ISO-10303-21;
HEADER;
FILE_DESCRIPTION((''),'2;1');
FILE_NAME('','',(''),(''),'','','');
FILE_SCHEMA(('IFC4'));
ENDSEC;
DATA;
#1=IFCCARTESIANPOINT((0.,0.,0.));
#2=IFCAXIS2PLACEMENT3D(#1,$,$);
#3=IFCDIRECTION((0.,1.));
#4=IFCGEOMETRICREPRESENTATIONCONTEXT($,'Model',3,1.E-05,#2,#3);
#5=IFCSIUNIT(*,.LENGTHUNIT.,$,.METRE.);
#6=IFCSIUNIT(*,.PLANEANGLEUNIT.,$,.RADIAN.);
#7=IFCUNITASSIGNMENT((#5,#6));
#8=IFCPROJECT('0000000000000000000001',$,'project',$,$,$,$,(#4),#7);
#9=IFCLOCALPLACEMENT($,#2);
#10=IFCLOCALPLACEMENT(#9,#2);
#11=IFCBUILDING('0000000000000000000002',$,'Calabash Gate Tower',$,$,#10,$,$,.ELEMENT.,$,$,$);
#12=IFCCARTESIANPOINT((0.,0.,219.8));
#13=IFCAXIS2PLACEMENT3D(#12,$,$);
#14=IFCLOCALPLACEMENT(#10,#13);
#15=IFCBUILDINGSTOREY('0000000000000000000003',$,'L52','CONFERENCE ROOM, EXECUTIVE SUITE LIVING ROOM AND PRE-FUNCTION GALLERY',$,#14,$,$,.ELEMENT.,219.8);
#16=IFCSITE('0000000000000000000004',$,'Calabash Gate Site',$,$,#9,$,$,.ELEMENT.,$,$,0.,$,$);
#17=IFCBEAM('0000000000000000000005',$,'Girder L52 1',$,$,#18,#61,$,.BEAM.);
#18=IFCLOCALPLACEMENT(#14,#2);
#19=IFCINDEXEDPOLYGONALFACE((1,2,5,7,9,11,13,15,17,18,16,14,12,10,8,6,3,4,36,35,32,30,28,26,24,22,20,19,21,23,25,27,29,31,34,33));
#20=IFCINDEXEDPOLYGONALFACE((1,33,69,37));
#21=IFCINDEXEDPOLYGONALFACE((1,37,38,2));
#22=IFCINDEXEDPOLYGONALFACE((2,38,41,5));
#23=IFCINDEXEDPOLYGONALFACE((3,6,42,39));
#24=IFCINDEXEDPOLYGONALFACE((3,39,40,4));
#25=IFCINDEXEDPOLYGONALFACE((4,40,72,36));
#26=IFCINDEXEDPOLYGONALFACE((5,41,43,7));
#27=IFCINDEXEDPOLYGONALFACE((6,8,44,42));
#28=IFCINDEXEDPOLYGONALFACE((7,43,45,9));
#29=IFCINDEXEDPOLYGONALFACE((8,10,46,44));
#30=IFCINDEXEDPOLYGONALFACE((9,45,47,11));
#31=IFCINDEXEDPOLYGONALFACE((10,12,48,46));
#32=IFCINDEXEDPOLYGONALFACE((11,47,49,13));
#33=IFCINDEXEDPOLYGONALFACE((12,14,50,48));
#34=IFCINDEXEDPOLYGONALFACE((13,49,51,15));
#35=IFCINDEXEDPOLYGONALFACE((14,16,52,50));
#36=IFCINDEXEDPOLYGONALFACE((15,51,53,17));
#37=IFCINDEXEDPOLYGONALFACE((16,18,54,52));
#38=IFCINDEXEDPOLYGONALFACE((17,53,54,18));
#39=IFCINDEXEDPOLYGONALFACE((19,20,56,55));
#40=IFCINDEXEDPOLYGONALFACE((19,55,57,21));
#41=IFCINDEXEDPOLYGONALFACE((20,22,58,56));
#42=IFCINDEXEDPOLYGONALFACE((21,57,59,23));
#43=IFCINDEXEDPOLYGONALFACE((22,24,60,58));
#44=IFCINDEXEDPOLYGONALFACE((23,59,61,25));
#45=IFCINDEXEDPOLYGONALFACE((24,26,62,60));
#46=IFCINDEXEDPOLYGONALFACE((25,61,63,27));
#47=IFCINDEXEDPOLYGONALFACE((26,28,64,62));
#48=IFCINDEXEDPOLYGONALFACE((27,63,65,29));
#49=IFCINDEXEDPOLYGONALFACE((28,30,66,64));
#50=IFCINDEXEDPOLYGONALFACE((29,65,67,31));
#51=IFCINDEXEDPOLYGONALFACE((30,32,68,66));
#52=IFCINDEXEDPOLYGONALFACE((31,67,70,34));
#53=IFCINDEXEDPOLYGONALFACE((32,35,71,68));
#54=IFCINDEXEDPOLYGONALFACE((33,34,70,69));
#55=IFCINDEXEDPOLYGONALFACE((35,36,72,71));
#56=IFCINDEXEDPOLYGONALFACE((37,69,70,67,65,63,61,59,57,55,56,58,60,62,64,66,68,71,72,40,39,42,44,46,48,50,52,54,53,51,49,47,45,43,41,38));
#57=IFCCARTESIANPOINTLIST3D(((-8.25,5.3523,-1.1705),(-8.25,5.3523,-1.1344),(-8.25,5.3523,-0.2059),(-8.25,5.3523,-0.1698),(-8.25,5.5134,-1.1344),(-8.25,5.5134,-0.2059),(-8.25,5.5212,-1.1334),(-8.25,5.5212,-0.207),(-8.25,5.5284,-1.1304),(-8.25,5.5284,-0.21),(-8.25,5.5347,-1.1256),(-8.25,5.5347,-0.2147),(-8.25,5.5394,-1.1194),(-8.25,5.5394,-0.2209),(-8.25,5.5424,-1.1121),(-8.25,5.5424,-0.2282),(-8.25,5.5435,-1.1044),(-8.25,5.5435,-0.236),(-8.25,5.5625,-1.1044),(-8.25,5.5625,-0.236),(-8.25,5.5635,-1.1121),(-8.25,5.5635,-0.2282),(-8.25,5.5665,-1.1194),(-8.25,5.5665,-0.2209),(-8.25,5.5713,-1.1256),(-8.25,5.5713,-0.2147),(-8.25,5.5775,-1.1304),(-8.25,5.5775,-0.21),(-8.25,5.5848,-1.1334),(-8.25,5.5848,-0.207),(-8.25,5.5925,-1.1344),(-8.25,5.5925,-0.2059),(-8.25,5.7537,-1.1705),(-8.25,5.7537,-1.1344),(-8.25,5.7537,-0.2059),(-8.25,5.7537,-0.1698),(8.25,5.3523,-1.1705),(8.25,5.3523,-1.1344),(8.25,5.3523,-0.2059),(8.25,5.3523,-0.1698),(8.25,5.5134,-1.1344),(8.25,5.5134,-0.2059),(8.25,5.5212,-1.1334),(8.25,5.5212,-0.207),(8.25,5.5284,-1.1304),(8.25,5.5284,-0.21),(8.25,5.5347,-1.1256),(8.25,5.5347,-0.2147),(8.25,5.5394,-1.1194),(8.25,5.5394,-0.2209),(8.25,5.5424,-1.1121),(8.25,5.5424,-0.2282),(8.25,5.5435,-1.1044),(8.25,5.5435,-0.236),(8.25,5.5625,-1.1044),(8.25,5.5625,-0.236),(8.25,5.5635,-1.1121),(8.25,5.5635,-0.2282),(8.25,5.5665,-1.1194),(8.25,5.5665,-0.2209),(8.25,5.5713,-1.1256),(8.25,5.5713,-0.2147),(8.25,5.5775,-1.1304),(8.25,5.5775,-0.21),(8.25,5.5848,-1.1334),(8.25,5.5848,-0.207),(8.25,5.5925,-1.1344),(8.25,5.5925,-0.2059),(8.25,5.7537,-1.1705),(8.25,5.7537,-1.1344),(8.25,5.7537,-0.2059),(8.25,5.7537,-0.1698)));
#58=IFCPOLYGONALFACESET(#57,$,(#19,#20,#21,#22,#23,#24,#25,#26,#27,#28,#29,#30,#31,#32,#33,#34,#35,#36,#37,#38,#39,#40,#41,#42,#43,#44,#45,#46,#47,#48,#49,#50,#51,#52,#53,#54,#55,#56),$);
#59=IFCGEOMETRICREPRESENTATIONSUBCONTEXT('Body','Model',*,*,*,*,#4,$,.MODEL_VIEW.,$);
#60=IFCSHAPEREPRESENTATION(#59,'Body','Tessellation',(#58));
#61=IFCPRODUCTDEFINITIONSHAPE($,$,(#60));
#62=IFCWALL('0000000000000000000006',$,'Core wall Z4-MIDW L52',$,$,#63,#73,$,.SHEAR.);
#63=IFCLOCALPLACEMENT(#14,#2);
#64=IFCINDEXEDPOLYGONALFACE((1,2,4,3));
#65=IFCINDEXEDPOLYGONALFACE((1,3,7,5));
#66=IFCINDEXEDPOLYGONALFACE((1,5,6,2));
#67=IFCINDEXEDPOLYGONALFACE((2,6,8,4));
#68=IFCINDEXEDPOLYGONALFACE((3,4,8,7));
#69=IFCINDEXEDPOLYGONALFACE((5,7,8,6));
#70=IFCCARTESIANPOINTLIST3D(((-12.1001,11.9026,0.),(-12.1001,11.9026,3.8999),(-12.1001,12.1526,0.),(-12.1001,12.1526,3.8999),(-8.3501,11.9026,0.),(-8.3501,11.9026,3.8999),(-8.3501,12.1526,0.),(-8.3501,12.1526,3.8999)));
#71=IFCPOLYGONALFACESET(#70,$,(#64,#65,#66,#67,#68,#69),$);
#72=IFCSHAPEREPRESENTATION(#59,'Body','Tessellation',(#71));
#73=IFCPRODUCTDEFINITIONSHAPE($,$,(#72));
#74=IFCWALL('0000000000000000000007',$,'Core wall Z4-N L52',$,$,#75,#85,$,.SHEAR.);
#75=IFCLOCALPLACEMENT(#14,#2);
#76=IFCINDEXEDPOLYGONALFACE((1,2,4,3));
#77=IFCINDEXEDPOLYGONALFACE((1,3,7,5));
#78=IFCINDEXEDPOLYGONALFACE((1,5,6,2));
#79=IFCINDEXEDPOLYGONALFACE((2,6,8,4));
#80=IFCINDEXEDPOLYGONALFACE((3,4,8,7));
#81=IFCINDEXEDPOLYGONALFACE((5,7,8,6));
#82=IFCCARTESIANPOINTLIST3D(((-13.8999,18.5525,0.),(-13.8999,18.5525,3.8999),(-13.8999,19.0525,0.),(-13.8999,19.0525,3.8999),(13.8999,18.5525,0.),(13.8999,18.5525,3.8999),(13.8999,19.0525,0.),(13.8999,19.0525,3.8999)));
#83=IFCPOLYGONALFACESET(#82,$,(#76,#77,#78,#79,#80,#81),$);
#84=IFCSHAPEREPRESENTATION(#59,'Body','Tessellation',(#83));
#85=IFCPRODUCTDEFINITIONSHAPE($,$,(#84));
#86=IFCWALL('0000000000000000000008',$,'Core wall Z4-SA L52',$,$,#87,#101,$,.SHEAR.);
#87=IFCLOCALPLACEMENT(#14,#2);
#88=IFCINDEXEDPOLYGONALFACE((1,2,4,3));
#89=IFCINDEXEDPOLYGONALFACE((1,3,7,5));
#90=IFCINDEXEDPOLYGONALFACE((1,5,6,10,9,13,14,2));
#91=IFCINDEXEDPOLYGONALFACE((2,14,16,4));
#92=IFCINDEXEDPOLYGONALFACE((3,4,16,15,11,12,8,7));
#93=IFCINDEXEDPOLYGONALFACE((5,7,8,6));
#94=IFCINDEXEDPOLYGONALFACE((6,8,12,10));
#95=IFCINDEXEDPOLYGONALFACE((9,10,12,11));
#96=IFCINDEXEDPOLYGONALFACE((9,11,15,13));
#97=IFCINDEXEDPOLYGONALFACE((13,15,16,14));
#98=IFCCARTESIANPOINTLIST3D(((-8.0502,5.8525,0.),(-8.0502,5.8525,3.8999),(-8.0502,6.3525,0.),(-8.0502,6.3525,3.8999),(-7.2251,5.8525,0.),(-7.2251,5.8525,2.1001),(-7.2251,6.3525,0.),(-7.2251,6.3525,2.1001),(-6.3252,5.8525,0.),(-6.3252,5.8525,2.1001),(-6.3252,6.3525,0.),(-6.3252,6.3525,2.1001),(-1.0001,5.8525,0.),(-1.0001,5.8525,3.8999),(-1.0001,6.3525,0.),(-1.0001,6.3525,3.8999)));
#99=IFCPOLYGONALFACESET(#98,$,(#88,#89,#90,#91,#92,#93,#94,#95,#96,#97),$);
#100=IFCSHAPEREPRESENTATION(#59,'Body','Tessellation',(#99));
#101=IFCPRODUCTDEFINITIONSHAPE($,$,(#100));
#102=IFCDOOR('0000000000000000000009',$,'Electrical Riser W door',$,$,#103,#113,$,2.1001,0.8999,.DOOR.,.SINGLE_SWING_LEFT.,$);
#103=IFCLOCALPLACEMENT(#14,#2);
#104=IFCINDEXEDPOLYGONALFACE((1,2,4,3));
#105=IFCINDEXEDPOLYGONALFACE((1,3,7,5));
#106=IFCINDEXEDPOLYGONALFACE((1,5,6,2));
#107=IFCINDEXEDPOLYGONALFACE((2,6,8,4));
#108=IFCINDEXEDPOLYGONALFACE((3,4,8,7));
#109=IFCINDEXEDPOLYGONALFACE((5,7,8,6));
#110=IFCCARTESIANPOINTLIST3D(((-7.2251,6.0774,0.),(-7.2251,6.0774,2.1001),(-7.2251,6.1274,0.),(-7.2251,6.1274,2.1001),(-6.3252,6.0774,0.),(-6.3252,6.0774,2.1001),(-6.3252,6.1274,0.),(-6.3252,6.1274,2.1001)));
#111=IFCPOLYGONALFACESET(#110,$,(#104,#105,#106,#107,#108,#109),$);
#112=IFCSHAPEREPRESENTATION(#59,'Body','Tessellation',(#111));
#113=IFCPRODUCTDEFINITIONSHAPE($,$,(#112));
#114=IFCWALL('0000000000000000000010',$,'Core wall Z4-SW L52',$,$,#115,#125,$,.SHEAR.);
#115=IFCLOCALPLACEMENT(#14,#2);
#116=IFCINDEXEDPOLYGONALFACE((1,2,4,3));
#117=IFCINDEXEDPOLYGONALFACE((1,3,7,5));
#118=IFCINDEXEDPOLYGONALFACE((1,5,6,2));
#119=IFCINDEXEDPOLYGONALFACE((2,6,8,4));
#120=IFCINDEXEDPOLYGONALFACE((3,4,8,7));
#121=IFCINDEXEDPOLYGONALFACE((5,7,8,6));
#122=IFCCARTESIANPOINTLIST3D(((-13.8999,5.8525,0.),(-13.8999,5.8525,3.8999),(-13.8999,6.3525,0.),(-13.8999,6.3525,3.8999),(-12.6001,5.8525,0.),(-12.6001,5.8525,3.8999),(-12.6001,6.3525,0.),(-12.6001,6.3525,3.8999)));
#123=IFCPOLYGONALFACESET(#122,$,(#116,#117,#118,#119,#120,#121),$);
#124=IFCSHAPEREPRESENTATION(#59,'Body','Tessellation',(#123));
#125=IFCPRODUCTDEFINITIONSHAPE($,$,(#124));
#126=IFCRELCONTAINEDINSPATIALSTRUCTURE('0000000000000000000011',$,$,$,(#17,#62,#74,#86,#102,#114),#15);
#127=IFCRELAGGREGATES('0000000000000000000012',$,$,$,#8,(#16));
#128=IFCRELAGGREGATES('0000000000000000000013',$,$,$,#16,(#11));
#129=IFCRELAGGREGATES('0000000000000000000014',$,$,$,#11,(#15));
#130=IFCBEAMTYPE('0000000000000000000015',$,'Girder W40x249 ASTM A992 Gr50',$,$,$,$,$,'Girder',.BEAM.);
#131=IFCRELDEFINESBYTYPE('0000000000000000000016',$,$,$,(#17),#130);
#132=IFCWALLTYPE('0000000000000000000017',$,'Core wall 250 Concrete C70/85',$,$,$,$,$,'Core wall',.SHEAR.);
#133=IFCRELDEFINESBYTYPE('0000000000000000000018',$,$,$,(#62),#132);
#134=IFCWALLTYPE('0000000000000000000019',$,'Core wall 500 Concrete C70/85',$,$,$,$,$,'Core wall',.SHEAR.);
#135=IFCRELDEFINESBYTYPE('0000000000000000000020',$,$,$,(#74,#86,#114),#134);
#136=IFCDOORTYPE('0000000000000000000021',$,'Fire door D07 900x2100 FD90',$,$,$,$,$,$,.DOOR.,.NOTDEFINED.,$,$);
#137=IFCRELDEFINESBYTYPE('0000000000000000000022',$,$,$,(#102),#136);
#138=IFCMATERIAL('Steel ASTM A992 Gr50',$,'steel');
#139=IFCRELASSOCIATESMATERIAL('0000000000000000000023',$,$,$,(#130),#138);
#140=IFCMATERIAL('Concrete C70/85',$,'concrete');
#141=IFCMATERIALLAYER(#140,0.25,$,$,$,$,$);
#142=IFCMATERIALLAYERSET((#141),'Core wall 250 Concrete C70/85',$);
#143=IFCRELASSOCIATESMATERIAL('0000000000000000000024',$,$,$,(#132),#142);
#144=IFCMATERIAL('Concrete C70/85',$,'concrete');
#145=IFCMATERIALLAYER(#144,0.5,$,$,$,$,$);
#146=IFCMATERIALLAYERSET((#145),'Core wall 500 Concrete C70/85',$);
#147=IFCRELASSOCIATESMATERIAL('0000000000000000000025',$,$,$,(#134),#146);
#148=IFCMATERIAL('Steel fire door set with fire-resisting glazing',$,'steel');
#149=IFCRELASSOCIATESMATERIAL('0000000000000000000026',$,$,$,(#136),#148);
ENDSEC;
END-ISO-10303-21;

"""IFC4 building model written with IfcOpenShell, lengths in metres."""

from ifc_helpers import new_model, si_unit, direction, frame, frame_2d, origin, origin_2d, place, context, subcontext, project, spatial, rectangle, i_section, extrude, material, layer, layer_set, material_profile, profile_set, type_object, element, fill, save


model = new_model("IFC4")

# Units and contexts
model_context = context("Model", 3, precision=1e-05, world=origin(), true_north=direction((0.0, 1.0)))
body_context = subcontext(model_context, "Body", "Model", "MODEL_VIEW")
ifc_project = project(units=[si_unit("LENGTHUNIT", "METRE"), si_unit("PLANEANGLEUNIT", "RADIAN")], contexts=[model_context])

# Site, building, storey
site_placement = place(None, origin())
site = spatial("IfcSite", under=ifc_project, at=site_placement, Name="Calabash Gate Site", CompositionType="ELEMENT", RefElevation=0.0)
building_placement = place(site_placement, origin())
building = spatial("IfcBuilding", under=site, at=building_placement, Name="Calabash Gate Tower", CompositionType="ELEMENT")
storey_placement = place(building_placement, frame((0.0, 0.0, 219.8)))
storey = spatial("IfcBuildingStorey", under=building, at=storey_placement, Name="L52", Description="CONFERENCE ROOM, EXECUTIVE SUITE LIVING ROOM AND PRE-FUNCTION GALLERY", CompositionType="ELEMENT", Elevation=219.8)

# Beam
ifc_material_1 = material(Name="Steel ASTM A992 Gr50", Category="steel")
ifc_material_profile = material_profile(ifc_material_1, i_section(OverallWidth=0.4014, OverallDepth=1.0007, WebThickness=0.019, FlangeThickness=0.0361, FilletRadius=0.03, at=origin_2d()))
ifc_profile_set = profile_set([ifc_material_profile], Name="Steel ASTM A992 Gr50")
beam_type = type_object("IfcBeamType", Name="Girder W40x249 ASTM A992 Gr50", ElementType="Girder", PredefinedType="BEAM", material=ifc_profile_set)
beam_placement = place(storey_placement, frame((-8.25, 5.553, -0.6702), z_axis=(1.0, 0.0, 0.0), x_axis=(0.0, 1.0, 0.0)))
element("IfcBeam", 1, at=beam_placement, inside=storey, type_object=beam_type, Name="Girder L52 1", PredefinedType="BEAM", context=body_context, shape_type="SweptSolid", body=[
    extrude(i_section(OverallWidth=0.4014, OverallDepth=1.0007, WebThickness=0.019, FlangeThickness=0.0361, FilletRadius=0.03, at=origin_2d()), origin(), (0.0, 0.0, 1.0), 16.5),
])

# Walls
ifc_material_2 = material(Name="Concrete C70/85", Category="concrete")
ifc_layer_1 = layer(ifc_material_2, 0.25)
ifc_layer_set_1 = layer_set([ifc_layer_1], Name="Core wall 250 Concrete C70/85")
wall_type_1 = type_object("IfcWallType", Name="Core wall 250 Concrete C70/85", ElementType="Core wall", PredefinedType="SHEAR", material=ifc_layer_set_1)
wall_1_placement = place(storey_placement, frame((-12.1001, 12.0276, 0.0), z_axis=(0.0, 0.0, 1.0), x_axis=(1.0, 0.0, 0.0)))
element("IfcWall", 2, at=wall_1_placement, inside=storey, type_object=wall_type_1, Name="Core wall Z4-MIDW L52", PredefinedType="SHEAR", context=body_context, shape_type="SweptSolid", body=[
    extrude(rectangle(XDim=3.75, YDim=0.25, at=frame_2d((1.875, 0.0))), origin(), (0.0, 0.0, 1.0), 3.8999),
])
ifc_material_3 = material(Name="Concrete C70/85", Category="concrete")
ifc_layer_2 = layer(ifc_material_3, 0.5)
ifc_layer_set_2 = layer_set([ifc_layer_2], Name="Core wall 500 Concrete C70/85")
wall_type_2 = type_object("IfcWallType", Name="Core wall 500 Concrete C70/85", ElementType="Core wall", PredefinedType="SHEAR", material=ifc_layer_set_2)
wall_2_placement = place(storey_placement, frame((-13.8999, 18.8025, 0.0), z_axis=(0.0, 0.0, 1.0), x_axis=(1.0, 0.0, 0.0)))
element("IfcWall", 3, at=wall_2_placement, inside=storey, type_object=wall_type_2, Name="Core wall Z4-N L52", PredefinedType="SHEAR", context=body_context, shape_type="SweptSolid", body=[
    extrude(rectangle(XDim=27.7998, YDim=0.5, at=frame_2d((13.8999, 0.0))), origin(), (0.0, 0.0, 1.0), 3.8999),
])

# Wall, opening, door
wall_3_placement = place(storey_placement, frame((-8.05, 6.1025, 0.0), z_axis=(0.0, 0.0, 1.0), x_axis=(1.0, 0.0, 0.0)))
wall_3 = element("IfcWall", 4, at=wall_3_placement, inside=storey, type_object=wall_type_2, Name="Core wall Z4-SA L52", PredefinedType="SHEAR", context=body_context, shape_type="SweptSolid", body=[
    extrude(rectangle(XDim=7.05, YDim=0.5, at=frame_2d((3.5249, 0.0))), origin(), (0.0, 0.0, 1.0), 3.8999),
])
opening_1_placement = place(wall_3_placement, frame((0.825, 0.0, 0.0)))
opening_1 = element("IfcOpeningElement", 5, at=opening_1_placement, cuts=wall_3, PredefinedType="OPENING", context=body_context, shape_type="SweptSolid", body=[
    extrude(rectangle(XDim=0.8999, YDim=2.1001, at=frame_2d((0.45, 1.05))), frame((0.0, 0.26, 0.0), z_axis=(0.0, -1.0, 0.0), x_axis=(1.0, 0.0, 0.0)), (0.0, 0.0, 1.0), 0.52),
])
ifc_material_4 = material(Name="Steel fire door set with fire-resisting glazing", Category="steel")
door_type_1 = type_object("IfcDoorType", Name="Fire door D07 900x2100 FD90", OperationType="NOTDEFINED", PredefinedType="DOOR", material=ifc_material_4)
door_1_placement = place(opening_1_placement, origin())
door_1 = element("IfcDoor", 6, at=door_1_placement, inside=storey, type_object=door_type_1, Name="Electrical Riser W door", OperationType="SINGLE_SWING_LEFT", OverallHeight=2.1001, OverallWidth=0.8999, PredefinedType="DOOR", context=body_context, shape_type="SweptSolid", body=[
    extrude(rectangle(XDim=0.8999, YDim=2.1001, at=frame_2d((0.45, 1.05))), frame((0.0, 0.0249, 0.0), z_axis=(0.0, -1.0, 0.0), x_axis=(1.0, 0.0, 0.0)), (0.0, 0.0, 1.0), 0.05),
])
fill(opening_1, door_1)

# Wall
wall_4_placement = place(storey_placement, frame((-12.6001, 6.1025, 0.0), z_axis=(0.0, 0.0, 1.0), x_axis=(-1.0, 0.0, 0.0)))
element("IfcWall", 7, at=wall_4_placement, inside=storey, type_object=wall_type_2, Name="Core wall Z4-SW L52", PredefinedType="SHEAR", context=body_context, shape_type="SweptSolid", body=[
    extrude(rectangle(XDim=1.2998, YDim=0.5, at=frame_2d((0.6499, 0.0))), origin(), (0.0, 0.0, 1.0), 3.8999),
])

save(model, "model.ifc")
